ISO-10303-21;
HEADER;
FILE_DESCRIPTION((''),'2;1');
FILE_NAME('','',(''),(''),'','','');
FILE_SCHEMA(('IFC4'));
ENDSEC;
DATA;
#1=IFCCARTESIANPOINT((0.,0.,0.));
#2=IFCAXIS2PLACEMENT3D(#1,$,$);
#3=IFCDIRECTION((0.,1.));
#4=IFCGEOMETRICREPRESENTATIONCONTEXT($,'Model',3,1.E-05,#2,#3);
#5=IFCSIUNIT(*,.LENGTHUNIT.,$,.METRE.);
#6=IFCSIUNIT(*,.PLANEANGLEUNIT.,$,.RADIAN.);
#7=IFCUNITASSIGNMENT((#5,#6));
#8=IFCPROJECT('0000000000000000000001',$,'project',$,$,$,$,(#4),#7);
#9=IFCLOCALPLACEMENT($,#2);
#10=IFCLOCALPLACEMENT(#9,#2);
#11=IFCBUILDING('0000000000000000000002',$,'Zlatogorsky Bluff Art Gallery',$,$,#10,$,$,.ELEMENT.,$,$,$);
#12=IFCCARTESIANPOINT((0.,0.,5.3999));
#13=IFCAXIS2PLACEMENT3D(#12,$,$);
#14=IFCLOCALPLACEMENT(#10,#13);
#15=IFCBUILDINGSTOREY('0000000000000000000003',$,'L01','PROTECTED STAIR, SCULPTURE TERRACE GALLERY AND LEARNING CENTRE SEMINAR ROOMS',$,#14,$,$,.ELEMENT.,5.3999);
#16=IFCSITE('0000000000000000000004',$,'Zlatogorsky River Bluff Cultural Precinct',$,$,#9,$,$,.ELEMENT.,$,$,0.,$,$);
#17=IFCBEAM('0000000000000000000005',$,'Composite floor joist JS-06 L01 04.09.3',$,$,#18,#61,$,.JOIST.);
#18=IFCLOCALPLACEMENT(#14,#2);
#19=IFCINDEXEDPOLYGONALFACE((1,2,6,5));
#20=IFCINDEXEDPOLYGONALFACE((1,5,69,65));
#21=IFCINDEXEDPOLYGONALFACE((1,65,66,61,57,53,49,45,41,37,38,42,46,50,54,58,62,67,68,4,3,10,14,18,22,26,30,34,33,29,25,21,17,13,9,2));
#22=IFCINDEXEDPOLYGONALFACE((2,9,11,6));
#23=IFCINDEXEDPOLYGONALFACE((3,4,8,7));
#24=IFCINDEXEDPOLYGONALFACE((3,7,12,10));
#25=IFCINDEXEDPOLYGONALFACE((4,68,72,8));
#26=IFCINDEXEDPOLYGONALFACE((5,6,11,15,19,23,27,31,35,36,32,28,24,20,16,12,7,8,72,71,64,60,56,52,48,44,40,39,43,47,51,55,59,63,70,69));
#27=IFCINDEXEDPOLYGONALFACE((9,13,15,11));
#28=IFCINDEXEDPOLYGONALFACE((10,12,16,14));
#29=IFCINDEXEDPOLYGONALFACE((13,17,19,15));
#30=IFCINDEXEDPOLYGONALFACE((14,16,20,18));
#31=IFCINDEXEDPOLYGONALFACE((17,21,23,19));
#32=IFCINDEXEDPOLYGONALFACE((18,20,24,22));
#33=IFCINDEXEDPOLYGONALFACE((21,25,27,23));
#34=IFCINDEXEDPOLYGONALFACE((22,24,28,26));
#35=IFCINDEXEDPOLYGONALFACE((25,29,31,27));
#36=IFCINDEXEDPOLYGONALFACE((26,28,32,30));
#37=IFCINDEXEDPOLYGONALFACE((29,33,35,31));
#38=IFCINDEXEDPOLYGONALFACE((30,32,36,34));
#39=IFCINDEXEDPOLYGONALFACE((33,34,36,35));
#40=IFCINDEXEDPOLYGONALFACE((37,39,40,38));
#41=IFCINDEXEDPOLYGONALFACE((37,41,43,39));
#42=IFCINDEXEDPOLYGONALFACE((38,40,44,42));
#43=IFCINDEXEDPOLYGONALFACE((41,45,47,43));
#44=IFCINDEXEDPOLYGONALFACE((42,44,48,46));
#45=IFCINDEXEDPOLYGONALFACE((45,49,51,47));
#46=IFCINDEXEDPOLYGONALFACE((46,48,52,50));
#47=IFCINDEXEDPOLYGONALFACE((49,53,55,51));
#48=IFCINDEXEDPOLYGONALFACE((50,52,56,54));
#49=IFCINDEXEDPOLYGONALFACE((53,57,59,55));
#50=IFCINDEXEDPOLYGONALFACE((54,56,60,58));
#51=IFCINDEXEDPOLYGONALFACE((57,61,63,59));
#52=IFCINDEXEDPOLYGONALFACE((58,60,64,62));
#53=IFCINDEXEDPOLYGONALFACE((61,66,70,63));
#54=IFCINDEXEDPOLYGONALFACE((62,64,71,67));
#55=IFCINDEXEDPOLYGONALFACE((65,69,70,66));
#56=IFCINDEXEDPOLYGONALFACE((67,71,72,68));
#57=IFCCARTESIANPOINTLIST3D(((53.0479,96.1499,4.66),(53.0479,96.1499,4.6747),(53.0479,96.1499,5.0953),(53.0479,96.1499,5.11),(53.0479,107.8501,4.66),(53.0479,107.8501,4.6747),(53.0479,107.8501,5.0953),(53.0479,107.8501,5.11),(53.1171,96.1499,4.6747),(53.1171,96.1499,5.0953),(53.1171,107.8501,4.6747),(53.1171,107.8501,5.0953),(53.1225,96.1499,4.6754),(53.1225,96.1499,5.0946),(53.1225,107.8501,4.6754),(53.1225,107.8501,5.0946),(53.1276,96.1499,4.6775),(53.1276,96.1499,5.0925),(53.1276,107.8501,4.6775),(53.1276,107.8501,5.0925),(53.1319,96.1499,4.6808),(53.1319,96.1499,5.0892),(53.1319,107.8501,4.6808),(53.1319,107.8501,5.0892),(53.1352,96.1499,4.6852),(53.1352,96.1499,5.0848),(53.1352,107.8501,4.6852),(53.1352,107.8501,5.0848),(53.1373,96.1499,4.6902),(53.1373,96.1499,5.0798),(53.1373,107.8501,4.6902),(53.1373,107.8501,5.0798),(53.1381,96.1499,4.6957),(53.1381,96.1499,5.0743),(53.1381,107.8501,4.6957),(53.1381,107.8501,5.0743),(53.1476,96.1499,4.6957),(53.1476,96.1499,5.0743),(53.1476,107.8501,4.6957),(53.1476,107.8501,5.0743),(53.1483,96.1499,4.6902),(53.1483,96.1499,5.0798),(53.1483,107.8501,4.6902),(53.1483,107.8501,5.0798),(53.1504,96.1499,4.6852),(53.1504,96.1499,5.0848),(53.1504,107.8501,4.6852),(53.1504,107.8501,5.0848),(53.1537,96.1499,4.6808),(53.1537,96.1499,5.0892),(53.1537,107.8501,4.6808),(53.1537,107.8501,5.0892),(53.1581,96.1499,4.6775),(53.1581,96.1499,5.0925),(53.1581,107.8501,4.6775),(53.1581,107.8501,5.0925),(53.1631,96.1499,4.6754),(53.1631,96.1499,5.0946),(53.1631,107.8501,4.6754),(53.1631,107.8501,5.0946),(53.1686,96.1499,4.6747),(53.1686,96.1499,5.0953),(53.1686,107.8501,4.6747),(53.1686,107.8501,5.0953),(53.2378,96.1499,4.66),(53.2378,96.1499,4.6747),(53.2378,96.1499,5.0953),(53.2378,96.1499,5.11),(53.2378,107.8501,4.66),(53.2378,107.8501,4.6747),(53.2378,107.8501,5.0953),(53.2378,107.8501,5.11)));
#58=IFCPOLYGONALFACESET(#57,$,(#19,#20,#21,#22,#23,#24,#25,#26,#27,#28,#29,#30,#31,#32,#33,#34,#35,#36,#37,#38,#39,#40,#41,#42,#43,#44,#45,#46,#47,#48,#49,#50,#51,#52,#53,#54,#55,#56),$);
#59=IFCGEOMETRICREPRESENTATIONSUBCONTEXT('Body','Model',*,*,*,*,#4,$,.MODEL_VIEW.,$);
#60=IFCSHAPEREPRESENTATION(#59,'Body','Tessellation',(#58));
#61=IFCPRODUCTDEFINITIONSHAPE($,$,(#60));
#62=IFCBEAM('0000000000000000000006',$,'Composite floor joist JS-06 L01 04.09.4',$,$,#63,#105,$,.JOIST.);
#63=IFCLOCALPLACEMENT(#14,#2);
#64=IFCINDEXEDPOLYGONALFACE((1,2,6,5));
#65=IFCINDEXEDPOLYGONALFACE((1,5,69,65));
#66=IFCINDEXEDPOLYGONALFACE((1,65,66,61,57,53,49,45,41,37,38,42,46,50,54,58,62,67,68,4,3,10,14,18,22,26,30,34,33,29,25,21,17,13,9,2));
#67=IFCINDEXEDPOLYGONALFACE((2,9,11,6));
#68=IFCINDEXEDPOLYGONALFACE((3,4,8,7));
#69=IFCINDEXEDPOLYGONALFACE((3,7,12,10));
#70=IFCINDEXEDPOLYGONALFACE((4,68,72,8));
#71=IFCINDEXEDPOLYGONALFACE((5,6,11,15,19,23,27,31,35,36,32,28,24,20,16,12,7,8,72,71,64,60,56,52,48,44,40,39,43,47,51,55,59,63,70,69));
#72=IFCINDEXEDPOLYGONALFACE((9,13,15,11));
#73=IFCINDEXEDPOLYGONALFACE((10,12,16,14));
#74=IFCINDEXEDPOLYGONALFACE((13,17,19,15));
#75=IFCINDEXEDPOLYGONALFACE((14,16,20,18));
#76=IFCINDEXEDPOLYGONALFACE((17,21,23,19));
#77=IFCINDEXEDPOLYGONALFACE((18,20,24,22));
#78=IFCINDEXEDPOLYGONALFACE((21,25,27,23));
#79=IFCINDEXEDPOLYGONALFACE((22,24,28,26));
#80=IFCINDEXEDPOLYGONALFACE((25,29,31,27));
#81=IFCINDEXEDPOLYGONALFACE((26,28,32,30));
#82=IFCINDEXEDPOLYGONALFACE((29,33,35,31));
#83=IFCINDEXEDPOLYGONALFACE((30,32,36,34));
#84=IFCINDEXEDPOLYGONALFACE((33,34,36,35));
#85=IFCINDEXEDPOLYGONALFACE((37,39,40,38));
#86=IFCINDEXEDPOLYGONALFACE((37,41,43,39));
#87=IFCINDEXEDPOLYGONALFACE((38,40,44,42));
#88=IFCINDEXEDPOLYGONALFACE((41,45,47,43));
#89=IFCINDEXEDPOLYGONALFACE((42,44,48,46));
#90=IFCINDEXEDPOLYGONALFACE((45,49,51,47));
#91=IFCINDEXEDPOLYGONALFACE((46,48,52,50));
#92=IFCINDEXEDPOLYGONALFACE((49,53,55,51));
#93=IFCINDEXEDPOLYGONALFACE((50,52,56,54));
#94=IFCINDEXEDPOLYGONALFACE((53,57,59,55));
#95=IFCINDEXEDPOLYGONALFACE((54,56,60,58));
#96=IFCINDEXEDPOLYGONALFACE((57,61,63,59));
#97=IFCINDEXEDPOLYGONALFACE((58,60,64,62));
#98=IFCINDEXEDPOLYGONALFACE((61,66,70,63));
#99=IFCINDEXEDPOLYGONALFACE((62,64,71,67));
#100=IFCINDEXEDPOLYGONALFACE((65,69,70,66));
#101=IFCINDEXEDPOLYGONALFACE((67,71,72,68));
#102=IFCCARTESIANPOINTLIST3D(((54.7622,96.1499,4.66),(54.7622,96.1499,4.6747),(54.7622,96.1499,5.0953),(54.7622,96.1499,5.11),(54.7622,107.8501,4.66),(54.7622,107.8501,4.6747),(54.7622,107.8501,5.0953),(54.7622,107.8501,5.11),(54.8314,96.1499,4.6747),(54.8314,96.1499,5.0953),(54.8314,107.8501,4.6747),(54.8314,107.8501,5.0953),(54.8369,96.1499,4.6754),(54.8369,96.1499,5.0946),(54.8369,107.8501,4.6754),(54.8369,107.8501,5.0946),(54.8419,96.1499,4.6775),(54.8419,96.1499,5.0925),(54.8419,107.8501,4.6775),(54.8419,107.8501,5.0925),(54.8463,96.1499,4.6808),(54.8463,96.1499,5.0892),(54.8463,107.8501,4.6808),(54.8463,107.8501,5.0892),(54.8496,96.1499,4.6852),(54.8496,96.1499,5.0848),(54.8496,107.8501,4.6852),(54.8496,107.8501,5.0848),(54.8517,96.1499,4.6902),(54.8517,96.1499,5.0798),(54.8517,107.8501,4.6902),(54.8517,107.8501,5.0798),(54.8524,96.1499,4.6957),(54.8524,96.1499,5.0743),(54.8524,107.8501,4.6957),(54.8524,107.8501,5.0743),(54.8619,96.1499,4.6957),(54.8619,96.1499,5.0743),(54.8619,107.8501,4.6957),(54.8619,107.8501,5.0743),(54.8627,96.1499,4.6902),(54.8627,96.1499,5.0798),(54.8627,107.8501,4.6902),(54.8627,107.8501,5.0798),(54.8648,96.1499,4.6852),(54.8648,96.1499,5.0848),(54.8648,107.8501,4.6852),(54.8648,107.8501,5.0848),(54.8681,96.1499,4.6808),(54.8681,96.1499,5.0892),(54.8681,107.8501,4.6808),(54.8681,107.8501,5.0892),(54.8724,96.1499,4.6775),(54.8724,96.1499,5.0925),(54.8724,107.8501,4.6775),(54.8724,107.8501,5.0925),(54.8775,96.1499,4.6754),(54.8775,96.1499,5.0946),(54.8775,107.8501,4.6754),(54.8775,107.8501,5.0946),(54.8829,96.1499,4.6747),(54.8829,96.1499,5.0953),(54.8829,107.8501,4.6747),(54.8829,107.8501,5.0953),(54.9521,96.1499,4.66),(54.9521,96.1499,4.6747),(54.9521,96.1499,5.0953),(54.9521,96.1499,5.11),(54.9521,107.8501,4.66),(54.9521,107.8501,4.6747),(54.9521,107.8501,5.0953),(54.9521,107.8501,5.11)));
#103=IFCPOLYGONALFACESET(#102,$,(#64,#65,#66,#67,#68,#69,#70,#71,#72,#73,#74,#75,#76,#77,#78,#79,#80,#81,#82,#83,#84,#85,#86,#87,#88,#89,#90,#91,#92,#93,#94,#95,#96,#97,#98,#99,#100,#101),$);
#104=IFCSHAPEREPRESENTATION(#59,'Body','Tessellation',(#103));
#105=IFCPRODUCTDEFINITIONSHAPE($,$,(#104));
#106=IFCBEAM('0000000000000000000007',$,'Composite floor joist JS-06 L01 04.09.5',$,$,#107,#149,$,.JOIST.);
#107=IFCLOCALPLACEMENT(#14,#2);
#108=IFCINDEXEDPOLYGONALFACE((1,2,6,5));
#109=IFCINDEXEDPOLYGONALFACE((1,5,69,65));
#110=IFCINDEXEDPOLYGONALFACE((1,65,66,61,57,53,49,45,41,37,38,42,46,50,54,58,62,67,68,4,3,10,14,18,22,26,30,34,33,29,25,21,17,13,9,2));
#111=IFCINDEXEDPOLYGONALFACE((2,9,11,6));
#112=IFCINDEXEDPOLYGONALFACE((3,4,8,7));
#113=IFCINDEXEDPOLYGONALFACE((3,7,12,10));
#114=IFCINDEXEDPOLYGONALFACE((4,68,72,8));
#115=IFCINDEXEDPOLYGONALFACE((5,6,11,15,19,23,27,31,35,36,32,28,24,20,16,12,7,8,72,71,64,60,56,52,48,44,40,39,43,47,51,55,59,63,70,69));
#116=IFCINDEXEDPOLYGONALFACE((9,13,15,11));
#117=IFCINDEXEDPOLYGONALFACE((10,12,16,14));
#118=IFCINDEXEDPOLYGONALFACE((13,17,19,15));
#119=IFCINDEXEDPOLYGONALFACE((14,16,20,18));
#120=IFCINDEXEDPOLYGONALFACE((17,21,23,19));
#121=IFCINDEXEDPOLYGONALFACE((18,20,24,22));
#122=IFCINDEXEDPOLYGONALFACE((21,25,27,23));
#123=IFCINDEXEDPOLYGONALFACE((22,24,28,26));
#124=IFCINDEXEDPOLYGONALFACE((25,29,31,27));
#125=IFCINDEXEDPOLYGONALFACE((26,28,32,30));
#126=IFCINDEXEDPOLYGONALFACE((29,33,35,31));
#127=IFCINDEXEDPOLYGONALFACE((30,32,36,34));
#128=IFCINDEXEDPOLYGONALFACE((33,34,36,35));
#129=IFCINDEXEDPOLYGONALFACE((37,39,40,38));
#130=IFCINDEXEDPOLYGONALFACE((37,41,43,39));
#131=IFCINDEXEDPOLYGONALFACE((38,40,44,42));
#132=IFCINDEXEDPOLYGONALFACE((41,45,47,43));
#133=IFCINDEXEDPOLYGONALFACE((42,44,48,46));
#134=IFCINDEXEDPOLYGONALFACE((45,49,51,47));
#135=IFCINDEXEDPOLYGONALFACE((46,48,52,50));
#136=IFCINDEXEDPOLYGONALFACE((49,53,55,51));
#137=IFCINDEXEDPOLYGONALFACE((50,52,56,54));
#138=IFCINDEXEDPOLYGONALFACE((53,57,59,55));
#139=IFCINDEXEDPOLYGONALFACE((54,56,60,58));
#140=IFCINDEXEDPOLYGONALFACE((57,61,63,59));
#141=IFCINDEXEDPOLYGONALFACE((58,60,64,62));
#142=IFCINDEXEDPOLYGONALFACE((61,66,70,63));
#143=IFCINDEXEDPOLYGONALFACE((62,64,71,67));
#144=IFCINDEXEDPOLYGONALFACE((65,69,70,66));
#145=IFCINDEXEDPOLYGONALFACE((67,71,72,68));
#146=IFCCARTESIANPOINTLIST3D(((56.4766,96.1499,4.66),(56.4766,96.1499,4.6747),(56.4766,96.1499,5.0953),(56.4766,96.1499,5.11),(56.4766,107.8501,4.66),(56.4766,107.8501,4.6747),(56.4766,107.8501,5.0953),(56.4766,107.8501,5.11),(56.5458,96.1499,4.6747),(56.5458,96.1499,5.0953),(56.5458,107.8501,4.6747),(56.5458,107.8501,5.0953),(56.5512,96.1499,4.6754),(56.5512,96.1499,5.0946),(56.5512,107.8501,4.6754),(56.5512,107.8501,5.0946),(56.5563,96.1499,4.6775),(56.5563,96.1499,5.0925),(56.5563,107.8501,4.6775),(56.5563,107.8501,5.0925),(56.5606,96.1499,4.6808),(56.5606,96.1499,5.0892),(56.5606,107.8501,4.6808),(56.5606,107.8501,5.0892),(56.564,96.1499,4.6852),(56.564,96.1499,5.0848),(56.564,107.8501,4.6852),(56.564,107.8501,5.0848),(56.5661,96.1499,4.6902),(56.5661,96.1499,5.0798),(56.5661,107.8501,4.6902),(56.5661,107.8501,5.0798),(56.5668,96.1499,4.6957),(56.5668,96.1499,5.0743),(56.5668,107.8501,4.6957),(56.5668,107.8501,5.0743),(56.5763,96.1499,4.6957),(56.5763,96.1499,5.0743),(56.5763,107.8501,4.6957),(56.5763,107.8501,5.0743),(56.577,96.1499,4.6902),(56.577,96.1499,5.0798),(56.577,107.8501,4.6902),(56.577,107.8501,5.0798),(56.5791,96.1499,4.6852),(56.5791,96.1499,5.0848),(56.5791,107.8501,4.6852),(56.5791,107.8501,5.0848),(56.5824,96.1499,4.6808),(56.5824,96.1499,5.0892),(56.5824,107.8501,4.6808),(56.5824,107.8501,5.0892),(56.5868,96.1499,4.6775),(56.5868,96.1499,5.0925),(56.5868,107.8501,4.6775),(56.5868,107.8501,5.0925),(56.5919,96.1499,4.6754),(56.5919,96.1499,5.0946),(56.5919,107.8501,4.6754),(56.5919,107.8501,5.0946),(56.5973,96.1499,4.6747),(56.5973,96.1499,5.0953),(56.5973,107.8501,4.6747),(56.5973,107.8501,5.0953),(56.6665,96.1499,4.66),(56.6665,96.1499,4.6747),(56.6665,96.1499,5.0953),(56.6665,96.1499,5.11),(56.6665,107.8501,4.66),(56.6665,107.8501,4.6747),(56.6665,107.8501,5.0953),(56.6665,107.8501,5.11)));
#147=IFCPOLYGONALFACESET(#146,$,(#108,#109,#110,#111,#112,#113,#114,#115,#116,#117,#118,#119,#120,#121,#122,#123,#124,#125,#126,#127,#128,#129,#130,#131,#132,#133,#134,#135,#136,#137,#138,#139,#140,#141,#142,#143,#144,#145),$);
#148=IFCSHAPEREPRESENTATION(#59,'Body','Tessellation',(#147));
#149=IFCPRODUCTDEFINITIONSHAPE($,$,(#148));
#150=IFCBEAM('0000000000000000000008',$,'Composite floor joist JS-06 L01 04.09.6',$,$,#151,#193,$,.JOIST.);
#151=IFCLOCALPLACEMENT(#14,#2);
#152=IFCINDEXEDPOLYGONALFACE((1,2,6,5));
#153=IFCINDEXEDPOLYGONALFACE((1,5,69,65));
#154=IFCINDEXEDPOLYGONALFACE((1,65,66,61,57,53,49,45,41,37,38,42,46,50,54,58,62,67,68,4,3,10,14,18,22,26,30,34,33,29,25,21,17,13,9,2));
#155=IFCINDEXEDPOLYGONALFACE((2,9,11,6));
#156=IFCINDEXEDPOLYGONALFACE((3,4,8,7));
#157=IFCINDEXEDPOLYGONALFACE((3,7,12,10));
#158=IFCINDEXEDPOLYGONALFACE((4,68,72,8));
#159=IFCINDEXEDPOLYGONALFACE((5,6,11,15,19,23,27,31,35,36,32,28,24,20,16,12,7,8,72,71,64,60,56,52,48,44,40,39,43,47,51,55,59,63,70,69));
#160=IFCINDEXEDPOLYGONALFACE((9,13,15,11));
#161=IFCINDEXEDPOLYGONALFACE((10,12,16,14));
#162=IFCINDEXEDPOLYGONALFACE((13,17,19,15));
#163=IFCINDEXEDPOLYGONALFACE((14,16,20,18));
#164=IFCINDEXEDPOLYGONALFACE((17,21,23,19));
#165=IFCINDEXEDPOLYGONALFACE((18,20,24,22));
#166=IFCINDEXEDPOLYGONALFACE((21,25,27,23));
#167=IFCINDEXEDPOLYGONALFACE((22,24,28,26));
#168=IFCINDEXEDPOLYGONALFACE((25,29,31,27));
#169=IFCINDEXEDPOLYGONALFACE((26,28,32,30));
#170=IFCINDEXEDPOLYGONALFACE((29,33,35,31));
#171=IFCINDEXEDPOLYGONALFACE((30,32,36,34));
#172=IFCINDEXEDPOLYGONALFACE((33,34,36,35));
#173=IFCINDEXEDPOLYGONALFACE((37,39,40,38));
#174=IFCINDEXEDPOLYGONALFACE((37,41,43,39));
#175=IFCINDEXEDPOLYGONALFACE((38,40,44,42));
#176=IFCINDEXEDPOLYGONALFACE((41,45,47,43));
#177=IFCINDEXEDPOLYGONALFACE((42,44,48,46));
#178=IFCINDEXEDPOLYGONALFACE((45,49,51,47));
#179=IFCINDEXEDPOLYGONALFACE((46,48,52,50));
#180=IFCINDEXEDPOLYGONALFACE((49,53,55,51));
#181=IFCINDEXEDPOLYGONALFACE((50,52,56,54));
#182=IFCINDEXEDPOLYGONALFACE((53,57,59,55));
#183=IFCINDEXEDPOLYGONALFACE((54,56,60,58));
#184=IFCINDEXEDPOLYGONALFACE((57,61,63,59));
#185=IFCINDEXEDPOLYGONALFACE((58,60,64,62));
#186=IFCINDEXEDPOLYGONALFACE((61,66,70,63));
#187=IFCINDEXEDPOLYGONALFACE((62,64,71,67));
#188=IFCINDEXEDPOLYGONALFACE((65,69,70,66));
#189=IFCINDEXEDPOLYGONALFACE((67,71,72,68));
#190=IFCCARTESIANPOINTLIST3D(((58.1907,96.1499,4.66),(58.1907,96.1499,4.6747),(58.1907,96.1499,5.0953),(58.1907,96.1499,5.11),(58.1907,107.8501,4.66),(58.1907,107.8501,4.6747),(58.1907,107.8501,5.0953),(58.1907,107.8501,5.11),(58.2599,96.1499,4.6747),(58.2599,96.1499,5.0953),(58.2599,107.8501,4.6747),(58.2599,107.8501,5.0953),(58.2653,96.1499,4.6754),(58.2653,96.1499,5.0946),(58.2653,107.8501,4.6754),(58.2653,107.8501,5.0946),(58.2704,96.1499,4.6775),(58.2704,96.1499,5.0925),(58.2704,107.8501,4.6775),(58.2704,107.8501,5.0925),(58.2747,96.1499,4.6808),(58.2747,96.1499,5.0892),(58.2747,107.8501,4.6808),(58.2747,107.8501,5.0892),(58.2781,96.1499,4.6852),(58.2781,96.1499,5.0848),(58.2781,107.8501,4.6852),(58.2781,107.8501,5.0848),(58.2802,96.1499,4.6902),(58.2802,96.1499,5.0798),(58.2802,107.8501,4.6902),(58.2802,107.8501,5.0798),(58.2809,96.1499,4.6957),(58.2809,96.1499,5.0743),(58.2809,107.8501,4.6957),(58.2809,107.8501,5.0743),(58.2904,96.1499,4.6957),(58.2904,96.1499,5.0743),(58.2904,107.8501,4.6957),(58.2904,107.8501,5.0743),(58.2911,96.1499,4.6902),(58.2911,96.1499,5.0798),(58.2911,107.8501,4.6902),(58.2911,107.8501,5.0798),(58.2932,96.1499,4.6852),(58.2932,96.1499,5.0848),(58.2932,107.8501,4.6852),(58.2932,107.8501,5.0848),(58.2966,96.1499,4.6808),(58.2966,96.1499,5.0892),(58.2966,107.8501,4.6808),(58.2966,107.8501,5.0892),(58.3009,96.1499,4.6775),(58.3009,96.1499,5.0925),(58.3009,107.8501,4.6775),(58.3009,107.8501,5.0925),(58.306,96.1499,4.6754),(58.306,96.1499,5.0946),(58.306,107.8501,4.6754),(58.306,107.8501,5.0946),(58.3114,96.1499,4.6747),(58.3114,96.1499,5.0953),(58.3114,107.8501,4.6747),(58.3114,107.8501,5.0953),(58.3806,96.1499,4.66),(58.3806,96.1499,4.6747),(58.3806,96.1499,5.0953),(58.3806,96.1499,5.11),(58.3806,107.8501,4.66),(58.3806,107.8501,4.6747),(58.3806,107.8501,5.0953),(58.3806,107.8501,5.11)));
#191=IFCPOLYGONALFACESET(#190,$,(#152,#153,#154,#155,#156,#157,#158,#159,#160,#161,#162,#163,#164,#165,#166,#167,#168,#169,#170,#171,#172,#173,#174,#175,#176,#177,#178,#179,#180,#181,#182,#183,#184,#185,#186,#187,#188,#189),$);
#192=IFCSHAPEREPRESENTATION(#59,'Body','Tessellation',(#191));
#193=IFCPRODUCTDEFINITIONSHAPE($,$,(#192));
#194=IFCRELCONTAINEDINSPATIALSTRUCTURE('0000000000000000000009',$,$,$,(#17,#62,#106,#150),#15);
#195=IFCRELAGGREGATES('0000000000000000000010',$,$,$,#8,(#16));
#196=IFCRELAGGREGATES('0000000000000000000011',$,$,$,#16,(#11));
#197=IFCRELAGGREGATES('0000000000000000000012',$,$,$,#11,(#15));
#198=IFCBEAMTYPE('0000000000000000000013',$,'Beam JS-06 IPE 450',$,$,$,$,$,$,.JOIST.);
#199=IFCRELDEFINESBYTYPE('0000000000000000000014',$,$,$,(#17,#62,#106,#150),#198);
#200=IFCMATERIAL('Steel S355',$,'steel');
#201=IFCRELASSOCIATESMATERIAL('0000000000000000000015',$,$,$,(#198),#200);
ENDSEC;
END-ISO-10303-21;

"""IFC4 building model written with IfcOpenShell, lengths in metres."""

from ifc_helpers import new_model, si_unit, direction, frame, origin, origin_2d, place, context, subcontext, project, spatial, i_section, extrude, material, material_profile, profile_set, type_object, element, save


model = new_model("IFC4")

# Units and contexts
model_context = context("Model", 3, precision=1e-05, world=origin(), true_north=direction((0.0, 1.0)))
body_context = subcontext(model_context, "Body", "Model", "MODEL_VIEW")
ifc_project = project(units=[si_unit("LENGTHUNIT", "METRE"), si_unit("PLANEANGLEUNIT", "RADIAN")], contexts=[model_context])

# Site, building, storey
site_placement = place(None, origin())
site = spatial("IfcSite", under=ifc_project, at=site_placement, Name="Zlatogorsky River Bluff Cultural Precinct", CompositionType="ELEMENT", RefElevation=0.0)
building_placement = place(site_placement, origin())
building = spatial("IfcBuilding", under=site, at=building_placement, Name="Zlatogorsky Bluff Art Gallery", CompositionType="ELEMENT")
storey_placement = place(building_placement, frame((0.0, 0.0, 5.3999)))
storey = spatial("IfcBuildingStorey", under=building, at=storey_placement, Name="L01", Description="PROTECTED STAIR, SCULPTURE TERRACE GALLERY AND LEARNING CENTRE SEMINAR ROOMS", CompositionType="ELEMENT", Elevation=5.3999)

# Shared definitions
ifc_material_1 = material(Name="Steel S355", Category="steel")

# Beams
ifc_material_profile_1 = material_profile(ifc_material_1, i_section(OverallWidth=0.1899, OverallDepth=0.45, WebThickness=0.0095, FlangeThickness=0.0146, FilletRadius=0.021, at=origin_2d()), Name="IPE 450")
ifc_profile_set_1 = profile_set([ifc_material_profile_1], Name="Steel S355")
beam_type_1 = type_object("IfcBeamType", Name="Beam JS-06 IPE 450", PredefinedType="JOIST", material=ifc_profile_set_1)
for number, where, z_axis, x_axis, name in (
    (1, (53.1428, 96.1499, 4.885), (0.0, 1.0, 0.0), (-1.0, 0.0, 0.0), "Composite floor joist JS-06 L01 04.09.3"),
    (2, (54.8572, 96.1499, 4.885), (0.0, 1.0, 0.0), (-1.0, 0.0, 0.0), "Composite floor joist JS-06 L01 04.09.4"),
    (3, (56.5715, 96.1499, 4.885), (0.0, 1.0, 0.0), (-1.0, 0.0, 0.0), "Composite floor joist JS-06 L01 04.09.5"),
    (4, (58.2856, 96.1499, 4.885), (0.0, 1.0, 0.0), (-1.0, 0.0, 0.0), "Composite floor joist JS-06 L01 04.09.6"),
):
    element("IfcBeam", number, at=place(storey_placement, frame(where, z_axis=z_axis, x_axis=x_axis)), inside=storey, type_object=beam_type_1, Name=name, PredefinedType="JOIST", context=body_context, shape_type="SweptSolid", body=[
        extrude(i_section(OverallWidth=0.1899, OverallDepth=0.45, WebThickness=0.0095, FlangeThickness=0.0146, FilletRadius=0.021, at=origin_2d()), origin(), (0.0, 0.0, 1.0), 11.7002),
    ])

save(model, "model.ifc")
